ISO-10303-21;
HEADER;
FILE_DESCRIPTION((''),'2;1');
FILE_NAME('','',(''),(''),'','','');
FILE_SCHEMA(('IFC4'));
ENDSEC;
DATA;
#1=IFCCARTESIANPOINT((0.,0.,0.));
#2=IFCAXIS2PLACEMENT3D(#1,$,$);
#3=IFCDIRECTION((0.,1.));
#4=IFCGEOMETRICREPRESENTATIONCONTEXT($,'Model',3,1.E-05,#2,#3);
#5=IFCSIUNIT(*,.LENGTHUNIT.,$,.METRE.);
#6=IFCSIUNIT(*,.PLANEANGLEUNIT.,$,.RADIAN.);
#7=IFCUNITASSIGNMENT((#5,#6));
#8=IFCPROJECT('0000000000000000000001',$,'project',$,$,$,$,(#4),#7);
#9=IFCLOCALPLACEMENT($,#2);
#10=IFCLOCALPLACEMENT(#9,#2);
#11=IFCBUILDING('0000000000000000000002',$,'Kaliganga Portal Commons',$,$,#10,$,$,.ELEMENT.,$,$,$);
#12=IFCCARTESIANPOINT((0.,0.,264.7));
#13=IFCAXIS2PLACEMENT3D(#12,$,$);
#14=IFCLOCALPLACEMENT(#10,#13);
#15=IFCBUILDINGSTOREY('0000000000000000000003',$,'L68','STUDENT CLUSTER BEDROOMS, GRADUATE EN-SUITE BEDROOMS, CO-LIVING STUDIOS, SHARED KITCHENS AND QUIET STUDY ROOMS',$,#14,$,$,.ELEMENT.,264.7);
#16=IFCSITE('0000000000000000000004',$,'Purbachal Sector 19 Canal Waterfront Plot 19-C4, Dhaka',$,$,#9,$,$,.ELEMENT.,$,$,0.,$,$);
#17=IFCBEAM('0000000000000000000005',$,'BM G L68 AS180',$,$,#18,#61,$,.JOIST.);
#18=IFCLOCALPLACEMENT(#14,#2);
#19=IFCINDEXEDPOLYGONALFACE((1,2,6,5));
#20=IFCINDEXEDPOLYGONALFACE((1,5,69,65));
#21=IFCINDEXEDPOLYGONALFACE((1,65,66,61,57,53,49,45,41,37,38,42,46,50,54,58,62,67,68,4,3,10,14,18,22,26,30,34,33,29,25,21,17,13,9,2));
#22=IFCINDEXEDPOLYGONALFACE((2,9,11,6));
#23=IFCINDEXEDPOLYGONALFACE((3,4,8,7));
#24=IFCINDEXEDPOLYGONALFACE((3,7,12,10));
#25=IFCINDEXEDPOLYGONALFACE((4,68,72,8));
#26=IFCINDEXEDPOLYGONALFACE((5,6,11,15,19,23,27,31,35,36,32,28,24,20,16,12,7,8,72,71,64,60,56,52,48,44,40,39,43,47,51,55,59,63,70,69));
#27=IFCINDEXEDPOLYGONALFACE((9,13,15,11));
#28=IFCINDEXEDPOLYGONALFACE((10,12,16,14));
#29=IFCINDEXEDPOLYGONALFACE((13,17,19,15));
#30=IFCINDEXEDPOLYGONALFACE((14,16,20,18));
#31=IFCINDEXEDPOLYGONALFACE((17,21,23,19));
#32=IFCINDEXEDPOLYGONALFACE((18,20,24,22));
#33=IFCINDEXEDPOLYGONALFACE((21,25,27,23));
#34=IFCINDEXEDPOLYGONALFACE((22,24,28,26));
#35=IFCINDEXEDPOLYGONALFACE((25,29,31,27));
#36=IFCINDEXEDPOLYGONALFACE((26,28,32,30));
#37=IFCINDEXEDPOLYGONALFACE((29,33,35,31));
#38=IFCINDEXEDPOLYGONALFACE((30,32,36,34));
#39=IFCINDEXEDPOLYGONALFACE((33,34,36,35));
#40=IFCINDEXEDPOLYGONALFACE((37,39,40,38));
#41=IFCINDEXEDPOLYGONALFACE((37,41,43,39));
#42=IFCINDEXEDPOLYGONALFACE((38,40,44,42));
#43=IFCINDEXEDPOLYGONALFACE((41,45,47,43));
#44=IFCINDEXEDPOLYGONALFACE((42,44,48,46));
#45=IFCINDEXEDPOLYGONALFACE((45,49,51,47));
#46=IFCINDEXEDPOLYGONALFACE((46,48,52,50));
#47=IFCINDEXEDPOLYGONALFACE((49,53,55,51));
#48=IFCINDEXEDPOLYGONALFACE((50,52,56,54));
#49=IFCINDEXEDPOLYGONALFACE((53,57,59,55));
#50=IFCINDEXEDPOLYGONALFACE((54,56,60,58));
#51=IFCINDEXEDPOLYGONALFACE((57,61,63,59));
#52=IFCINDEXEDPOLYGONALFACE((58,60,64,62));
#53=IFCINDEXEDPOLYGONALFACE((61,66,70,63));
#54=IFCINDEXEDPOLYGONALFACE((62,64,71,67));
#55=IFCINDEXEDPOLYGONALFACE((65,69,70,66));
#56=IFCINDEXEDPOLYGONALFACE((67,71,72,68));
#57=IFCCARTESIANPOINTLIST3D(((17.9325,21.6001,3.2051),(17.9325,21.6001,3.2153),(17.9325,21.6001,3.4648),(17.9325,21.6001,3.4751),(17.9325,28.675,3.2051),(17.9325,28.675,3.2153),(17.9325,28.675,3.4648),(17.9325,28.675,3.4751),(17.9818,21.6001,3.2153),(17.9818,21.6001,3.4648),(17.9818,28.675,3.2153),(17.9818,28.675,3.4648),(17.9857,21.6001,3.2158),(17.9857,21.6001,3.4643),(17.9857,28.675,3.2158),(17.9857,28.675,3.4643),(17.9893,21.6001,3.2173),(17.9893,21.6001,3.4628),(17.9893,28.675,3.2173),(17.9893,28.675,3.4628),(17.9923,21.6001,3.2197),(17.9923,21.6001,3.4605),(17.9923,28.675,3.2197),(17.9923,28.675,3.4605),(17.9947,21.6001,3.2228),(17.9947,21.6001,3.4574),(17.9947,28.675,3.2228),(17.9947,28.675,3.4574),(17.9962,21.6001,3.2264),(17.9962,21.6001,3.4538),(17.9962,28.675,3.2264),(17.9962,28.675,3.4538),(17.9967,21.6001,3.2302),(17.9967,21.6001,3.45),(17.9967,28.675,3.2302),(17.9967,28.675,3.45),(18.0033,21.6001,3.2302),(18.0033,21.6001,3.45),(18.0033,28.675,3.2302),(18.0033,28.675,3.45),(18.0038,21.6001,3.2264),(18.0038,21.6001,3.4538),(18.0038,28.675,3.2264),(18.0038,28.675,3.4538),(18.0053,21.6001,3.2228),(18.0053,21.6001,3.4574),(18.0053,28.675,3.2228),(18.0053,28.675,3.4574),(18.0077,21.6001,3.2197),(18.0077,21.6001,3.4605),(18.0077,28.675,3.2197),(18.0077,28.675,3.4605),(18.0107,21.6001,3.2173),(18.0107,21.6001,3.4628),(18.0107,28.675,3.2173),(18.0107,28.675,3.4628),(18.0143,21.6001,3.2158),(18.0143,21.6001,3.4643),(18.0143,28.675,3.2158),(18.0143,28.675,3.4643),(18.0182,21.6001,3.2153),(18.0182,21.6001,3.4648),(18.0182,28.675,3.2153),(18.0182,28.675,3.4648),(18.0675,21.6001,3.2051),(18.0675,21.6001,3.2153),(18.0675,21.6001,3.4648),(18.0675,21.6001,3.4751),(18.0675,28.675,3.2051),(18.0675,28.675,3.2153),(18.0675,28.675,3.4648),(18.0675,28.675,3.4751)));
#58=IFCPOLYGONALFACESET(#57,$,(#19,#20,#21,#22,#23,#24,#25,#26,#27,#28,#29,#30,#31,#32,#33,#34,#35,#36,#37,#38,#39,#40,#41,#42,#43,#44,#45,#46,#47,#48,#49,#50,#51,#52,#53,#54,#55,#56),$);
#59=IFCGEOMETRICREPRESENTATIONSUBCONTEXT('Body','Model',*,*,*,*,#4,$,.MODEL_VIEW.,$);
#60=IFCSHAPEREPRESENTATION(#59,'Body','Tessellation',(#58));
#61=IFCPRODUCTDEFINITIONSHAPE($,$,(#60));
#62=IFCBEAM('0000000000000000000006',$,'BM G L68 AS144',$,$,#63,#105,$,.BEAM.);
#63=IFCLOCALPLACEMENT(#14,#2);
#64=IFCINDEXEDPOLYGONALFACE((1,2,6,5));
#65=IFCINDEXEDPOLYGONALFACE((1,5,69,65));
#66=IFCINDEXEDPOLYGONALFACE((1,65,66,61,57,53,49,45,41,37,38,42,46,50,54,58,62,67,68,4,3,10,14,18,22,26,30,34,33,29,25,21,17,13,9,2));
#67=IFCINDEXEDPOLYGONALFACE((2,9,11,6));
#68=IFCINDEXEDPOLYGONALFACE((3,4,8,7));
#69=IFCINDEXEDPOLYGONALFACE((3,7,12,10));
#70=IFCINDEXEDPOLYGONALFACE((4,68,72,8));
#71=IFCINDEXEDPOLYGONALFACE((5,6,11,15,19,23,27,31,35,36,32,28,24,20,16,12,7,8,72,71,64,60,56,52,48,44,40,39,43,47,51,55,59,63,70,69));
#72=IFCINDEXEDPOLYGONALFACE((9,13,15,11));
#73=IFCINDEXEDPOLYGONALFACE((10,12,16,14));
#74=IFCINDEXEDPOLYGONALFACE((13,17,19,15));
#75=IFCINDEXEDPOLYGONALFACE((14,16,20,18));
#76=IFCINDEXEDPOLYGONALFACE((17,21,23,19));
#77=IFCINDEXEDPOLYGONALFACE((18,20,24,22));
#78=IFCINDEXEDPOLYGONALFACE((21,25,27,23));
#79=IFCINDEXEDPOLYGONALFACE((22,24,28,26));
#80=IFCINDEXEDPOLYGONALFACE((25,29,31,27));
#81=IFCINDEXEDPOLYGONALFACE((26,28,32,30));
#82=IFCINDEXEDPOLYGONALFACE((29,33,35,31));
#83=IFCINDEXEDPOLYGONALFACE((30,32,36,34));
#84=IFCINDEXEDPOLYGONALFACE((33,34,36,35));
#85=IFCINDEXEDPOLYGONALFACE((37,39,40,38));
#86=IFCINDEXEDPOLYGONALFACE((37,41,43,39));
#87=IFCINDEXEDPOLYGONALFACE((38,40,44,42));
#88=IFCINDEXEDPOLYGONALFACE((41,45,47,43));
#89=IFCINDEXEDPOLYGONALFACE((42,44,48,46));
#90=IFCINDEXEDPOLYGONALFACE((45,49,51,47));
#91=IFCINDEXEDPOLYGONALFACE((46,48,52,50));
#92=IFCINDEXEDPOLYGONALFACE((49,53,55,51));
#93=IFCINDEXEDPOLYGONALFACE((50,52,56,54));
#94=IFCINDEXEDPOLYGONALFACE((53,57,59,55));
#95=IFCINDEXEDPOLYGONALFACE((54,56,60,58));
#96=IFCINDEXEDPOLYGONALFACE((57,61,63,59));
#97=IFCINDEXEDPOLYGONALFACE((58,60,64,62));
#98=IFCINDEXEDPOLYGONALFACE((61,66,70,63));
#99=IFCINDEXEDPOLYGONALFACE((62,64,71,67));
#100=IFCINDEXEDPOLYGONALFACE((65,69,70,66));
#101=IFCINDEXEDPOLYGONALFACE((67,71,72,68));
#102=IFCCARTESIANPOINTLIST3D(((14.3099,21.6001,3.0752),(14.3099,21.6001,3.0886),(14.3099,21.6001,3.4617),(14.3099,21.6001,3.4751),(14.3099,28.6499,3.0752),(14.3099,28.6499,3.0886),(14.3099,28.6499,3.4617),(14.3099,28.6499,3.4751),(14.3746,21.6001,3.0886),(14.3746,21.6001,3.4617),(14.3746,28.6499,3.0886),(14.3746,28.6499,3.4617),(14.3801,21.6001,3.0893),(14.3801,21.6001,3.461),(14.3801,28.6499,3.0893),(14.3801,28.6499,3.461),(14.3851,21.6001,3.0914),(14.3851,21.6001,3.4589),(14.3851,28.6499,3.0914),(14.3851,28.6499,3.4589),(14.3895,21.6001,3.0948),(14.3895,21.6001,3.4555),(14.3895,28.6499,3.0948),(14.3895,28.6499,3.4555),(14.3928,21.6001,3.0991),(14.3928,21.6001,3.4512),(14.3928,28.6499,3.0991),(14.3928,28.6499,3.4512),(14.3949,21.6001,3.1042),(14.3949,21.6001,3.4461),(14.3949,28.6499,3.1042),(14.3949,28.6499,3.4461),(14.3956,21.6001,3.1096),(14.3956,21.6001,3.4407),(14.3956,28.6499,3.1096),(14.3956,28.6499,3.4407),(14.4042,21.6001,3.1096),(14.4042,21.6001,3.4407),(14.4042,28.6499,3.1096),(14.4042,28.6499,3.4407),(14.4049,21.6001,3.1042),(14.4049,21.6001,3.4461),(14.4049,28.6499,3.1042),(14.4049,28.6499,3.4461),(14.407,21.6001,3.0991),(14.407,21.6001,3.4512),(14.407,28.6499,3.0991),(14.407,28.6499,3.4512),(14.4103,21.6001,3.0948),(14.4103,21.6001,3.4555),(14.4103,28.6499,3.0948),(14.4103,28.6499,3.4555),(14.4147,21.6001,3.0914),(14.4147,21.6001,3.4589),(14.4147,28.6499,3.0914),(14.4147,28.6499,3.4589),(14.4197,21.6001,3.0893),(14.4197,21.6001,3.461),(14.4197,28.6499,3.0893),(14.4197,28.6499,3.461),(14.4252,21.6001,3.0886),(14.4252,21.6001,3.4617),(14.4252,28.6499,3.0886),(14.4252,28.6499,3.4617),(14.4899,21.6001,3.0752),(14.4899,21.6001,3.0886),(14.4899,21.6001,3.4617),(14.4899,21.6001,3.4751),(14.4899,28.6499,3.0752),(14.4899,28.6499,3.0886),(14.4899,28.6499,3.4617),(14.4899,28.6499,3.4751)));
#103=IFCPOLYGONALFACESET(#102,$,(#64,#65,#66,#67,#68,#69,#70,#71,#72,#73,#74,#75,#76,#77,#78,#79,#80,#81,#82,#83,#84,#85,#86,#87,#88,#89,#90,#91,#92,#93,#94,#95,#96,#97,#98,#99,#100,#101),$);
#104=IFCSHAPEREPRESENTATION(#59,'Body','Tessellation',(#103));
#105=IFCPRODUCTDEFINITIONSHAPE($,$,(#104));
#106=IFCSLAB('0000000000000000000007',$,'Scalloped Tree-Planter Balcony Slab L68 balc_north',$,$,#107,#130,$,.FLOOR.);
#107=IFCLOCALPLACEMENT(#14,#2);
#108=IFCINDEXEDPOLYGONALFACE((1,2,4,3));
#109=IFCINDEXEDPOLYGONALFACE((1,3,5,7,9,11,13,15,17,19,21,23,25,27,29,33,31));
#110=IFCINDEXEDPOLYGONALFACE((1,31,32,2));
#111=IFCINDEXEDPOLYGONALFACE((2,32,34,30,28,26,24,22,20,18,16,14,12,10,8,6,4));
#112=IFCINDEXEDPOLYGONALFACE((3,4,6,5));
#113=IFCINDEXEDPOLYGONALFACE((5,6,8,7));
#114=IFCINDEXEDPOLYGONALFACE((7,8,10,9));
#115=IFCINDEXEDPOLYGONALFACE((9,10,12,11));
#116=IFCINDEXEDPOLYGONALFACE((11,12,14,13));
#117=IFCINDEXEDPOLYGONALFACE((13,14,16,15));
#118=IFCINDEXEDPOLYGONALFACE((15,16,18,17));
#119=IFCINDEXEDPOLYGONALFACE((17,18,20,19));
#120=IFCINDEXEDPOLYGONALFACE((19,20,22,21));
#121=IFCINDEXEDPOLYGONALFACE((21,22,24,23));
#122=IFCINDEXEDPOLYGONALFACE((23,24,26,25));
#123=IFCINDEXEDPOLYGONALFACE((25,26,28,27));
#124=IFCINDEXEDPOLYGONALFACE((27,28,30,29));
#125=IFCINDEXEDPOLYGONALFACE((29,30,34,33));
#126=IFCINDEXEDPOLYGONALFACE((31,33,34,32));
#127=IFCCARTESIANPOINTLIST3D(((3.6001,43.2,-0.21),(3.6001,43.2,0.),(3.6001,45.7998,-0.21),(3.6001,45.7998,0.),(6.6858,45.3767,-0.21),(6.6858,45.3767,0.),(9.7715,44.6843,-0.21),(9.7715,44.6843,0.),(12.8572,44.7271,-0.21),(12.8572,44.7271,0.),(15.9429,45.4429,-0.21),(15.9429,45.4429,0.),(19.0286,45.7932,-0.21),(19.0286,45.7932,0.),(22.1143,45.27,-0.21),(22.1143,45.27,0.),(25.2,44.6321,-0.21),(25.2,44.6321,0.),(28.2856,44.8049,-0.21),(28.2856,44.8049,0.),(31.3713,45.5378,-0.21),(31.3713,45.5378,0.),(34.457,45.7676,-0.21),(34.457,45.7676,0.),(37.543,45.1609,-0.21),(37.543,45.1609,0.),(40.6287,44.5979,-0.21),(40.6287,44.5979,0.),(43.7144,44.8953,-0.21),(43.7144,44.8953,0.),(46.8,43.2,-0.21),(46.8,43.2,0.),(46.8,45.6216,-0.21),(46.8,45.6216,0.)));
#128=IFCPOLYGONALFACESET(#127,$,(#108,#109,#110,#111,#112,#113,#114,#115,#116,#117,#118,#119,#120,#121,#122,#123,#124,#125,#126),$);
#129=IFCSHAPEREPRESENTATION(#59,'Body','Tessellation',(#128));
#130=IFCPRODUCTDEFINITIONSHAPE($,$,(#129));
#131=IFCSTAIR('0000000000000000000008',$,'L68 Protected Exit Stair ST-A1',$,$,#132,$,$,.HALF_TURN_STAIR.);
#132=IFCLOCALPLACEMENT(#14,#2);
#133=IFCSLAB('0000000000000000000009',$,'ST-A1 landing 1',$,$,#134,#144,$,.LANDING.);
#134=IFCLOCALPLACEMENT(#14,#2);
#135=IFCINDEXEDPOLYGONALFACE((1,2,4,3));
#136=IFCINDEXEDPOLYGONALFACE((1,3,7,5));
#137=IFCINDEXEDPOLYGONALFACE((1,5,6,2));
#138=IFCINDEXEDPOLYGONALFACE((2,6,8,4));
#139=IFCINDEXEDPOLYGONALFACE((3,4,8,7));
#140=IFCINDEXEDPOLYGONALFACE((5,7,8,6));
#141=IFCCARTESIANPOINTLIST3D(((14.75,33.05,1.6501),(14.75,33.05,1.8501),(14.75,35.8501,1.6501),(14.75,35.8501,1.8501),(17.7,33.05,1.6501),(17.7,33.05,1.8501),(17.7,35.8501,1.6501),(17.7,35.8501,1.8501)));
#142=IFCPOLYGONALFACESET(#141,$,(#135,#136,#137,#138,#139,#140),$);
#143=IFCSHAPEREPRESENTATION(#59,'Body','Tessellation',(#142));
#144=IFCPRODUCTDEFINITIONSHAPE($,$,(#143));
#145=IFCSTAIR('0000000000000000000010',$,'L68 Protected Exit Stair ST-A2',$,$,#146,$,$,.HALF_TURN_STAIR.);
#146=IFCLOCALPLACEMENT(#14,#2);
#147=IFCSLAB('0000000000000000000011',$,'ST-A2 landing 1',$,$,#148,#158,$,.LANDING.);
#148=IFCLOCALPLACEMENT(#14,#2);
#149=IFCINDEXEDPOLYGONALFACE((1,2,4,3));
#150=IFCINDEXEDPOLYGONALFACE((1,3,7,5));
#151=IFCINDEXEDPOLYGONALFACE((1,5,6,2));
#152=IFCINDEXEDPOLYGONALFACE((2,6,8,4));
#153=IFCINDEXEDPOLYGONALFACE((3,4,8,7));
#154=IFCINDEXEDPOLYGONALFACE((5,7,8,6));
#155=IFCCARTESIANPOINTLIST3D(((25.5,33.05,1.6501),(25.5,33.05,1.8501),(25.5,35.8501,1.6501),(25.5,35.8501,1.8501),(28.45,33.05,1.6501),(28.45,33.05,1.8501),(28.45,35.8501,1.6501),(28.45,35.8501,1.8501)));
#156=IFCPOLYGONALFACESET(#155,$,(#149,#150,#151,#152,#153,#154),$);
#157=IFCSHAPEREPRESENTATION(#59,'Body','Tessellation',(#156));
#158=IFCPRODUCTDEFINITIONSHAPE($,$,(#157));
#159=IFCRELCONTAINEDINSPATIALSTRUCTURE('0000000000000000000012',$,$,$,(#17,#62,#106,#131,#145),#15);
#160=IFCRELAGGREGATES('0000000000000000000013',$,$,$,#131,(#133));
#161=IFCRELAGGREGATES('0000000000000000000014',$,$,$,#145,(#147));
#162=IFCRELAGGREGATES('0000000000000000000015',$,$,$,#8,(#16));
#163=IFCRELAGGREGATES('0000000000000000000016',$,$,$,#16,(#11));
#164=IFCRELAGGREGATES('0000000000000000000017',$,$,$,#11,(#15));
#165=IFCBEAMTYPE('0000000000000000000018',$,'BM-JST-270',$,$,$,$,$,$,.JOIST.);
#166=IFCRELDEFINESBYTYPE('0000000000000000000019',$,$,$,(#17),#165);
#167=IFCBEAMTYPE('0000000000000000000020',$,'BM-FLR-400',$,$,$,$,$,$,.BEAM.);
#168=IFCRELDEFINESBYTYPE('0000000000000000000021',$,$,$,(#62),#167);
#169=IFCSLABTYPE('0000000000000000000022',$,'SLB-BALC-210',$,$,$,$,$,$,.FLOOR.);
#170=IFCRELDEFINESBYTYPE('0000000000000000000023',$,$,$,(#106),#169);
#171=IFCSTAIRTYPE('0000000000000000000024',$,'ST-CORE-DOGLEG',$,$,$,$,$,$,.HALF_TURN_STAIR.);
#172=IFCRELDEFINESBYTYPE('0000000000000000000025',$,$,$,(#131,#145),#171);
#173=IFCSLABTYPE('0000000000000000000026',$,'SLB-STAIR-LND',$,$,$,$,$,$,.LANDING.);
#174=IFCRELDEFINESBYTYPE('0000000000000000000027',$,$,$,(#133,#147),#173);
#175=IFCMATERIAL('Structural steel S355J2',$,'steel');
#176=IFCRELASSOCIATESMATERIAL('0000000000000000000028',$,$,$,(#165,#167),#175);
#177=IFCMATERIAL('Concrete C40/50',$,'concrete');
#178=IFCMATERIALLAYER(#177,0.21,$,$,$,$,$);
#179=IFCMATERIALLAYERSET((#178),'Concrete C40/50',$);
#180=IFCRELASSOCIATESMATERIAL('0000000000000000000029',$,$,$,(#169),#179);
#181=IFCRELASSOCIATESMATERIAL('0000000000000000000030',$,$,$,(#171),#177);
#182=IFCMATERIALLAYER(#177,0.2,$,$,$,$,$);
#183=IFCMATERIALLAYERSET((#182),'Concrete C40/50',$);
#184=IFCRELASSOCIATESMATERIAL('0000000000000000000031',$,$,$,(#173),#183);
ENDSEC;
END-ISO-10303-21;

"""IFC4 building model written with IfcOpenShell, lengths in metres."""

from ifc_helpers import new_model, si_unit, direction, frame, origin, origin_2d, place, context, subcontext, project, spatial, polyline, i_section, outline, extrude, source, transform, mapped, material, layer, layer_set, material_profile, profile_set, type_object, element, aggregate, save


model = new_model("IFC4")

# Units and contexts
model_context = context("Model", 3, precision=1e-05, world=origin(), true_north=direction((0.0, 1.0)))
body_context = subcontext(model_context, "Body", "Model", "MODEL_VIEW")
ifc_project = project(units=[si_unit("LENGTHUNIT", "METRE"), si_unit("PLANEANGLEUNIT", "RADIAN")], contexts=[model_context])

# Site, building, storey
site_placement = place(None, origin())
site = spatial("IfcSite", under=ifc_project, at=site_placement, Name="Purbachal Sector 19 Canal Waterfront Plot 19-C4, Dhaka", CompositionType="ELEMENT", RefElevation=0.0)
building_placement = place(site_placement, origin())
building = spatial("IfcBuilding", under=site, at=building_placement, Name="Kaliganga Portal Commons", CompositionType="ELEMENT")
storey_placement = place(building_placement, frame((0.0, 0.0, 264.7)))
storey = spatial("IfcBuildingStorey", under=building, at=storey_placement, Name="L68", Description="STUDENT CLUSTER BEDROOMS, GRADUATE EN-SUITE BEDROOMS, CO-LIVING STUDIOS, SHARED KITCHENS AND QUIET STUDY ROOMS", CompositionType="ELEMENT", Elevation=264.7)

# Shared definitions
ifc_material_1 = material(Name="Structural steel S355J2", Category="steel")

# Beams
ifc_material_profile_1 = material_profile(ifc_material_1, i_section(OverallWidth=0.135, OverallDepth=0.27, WebThickness=0.0066, FlangeThickness=0.0103, FilletRadius=0.0149, at=origin_2d()), Name="IPE 270")
ifc_profile_set_1 = profile_set([ifc_material_profile_1], Name="Structural steel S355J2 wide-flange")
beam_type_1 = type_object("IfcBeamType", Name="BM-JST-270", PredefinedType="JOIST", material=ifc_profile_set_1)
shared_shape_1 = source(origin(), body_context, "Body", "SweptSolid", [
    extrude(i_section(OverallWidth=0.135, OverallDepth=0.27, WebThickness=0.0066, FlangeThickness=0.0103, FilletRadius=0.0149, at=origin_2d()), origin(), (0.0, 0.0, 1.0), 7.075),
])
beam_1_placement = place(storey_placement, frame((18.0, 21.6001, 3.3401), z_axis=(0.0, 1.0, 0.0), x_axis=(-1.0, 0.0, 0.0)))
element("IfcBeam", 1, at=beam_1_placement, inside=storey, type_object=beam_type_1, Name="BM G L68 AS180", PredefinedType="JOIST", context=body_context, shape_type="MappedRepresentation", body=[
    mapped(shared_shape_1, transform((0.0, 0.0, 0.0), x_axis=(1.0, 0.0, 0.0), y_axis=(0.0, 1.0, 0.0), z_axis=(0.0, 0.0, 1.0), scale=1.0)),
])
ifc_material_profile_2 = material_profile(ifc_material_1, i_section(OverallWidth=0.1799, OverallDepth=0.3999, WebThickness=0.0085, FlangeThickness=0.0134, FilletRadius=0.021, at=origin_2d()), Name="IPE 400")
ifc_profile_set_2 = profile_set([ifc_material_profile_2], Name="Structural steel S355J2 wide-flange")
beam_type_2 = type_object("IfcBeamType", Name="BM-FLR-400", PredefinedType="BEAM", material=ifc_profile_set_2)
shared_shape_2 = source(origin(), body_context, "Body", "SweptSolid", [
    extrude(i_section(OverallWidth=0.1799, OverallDepth=0.3999, WebThickness=0.0085, FlangeThickness=0.0134, FilletRadius=0.021, at=origin_2d()), origin(), (0.0, 0.0, 1.0), 7.0498),
])
beam_2_placement = place(storey_placement, frame((14.3999, 21.6001, 3.2751), z_axis=(0.0, 1.0, 0.0), x_axis=(-1.0, 0.0, 0.0)))
element("IfcBeam", 2, at=beam_2_placement, inside=storey, type_object=beam_type_2, Name="BM G L68 AS144", PredefinedType="BEAM", context=body_context, shape_type="MappedRepresentation", body=[
    mapped(shared_shape_2, transform((0.0, 0.0, 0.0), x_axis=(1.0, 0.0, 0.0), y_axis=(0.0, 1.0, 0.0), z_axis=(0.0, 0.0, 1.0), scale=1.0)),
])

# Slab
ifc_material_2 = material(Name="Concrete C40/50", Category="concrete")
ifc_layer_1 = layer(ifc_material_2, 0.21)
ifc_layer_set_1 = layer_set([ifc_layer_1], Name="Concrete C40/50")
slab_type_1 = type_object("IfcSlabType", Name="SLB-BALC-210", PredefinedType="FLOOR", material=ifc_layer_set_1)
slab_1_placement = place(storey_placement, frame((0.0, 0.0, -0.21)))
element("IfcSlab", 3, at=slab_1_placement, inside=storey, type_object=slab_type_1, Name="Scalloped Tree-Planter Balcony Slab L68 balc_north", PredefinedType="FLOOR", context=body_context, shape_type="SweptSolid", body=[
    extrude(outline(polyline([(46.8, 43.2), (46.8, 45.6216), (43.7144, 44.8953), (40.6287, 44.5979), (37.543, 45.1609), (34.457, 45.7676), (31.3713, 45.5378), (28.2856, 44.8049), (25.2, 44.6321), (22.1143, 45.27), (19.0286, 45.7932), (15.9429, 45.4429), (12.8572, 44.7271), (9.7715, 44.6843), (6.6858, 45.3767), (3.6001, 45.7998), (3.6001, 43.2), (46.8, 43.2)])), origin(), (0.0, 0.0, 1.0), 0.21),
])

# Stairs, slabs
stair_type = type_object("IfcStairType", Name="ST-CORE-DOGLEG", PredefinedType="HALF_TURN_STAIR", material=ifc_material_2)
stair_1_placement = place(storey_placement, origin())
stair_1 = element("IfcStair", 4, at=stair_1_placement, inside=storey, type_object=stair_type, Name="L68 Protected Exit Stair ST-A1", PredefinedType="HALF_TURN_STAIR")
ifc_layer_2 = layer(ifc_material_2, 0.2)
ifc_layer_set_2 = layer_set([ifc_layer_2], Name="Concrete C40/50")
slab_type_2 = type_object("IfcSlabType", Name="SLB-STAIR-LND", PredefinedType="LANDING", material=ifc_layer_set_2)
slab_2_placement = place(storey_placement, frame((0.0, 0.0, 1.6501)))
slab_2 = element("IfcSlab", 5, at=slab_2_placement, type_object=slab_type_2, Name="ST-A1 landing 1", PredefinedType="LANDING", context=body_context, shape_type="SweptSolid", body=[
    extrude(outline(polyline([(17.7, 33.05), (17.7, 35.8501), (14.75, 35.8501), (14.75, 33.05), (17.7, 33.05)])), origin(), (0.0, 0.0, 1.0), 0.2),
])
aggregate(stair_1, [slab_2])
stair_2_placement = place(storey_placement, origin())
stair_2 = element("IfcStair", 6, at=stair_2_placement, inside=storey, type_object=stair_type, Name="L68 Protected Exit Stair ST-A2", PredefinedType="HALF_TURN_STAIR")
slab_3_placement = place(storey_placement, frame((0.0, 0.0, 1.6501)))
slab_3 = element("IfcSlab", 7, at=slab_3_placement, type_object=slab_type_2, Name="ST-A2 landing 1", PredefinedType="LANDING", context=body_context, shape_type="SweptSolid", body=[
    extrude(outline(polyline([(28.45, 33.05), (28.45, 35.8501), (25.5, 35.8501), (25.5, 33.05), (28.45, 33.05)])), origin(), (0.0, 0.0, 1.0), 0.2),
])
aggregate(stair_2, [slab_3])

save(model, "model.ifc")
